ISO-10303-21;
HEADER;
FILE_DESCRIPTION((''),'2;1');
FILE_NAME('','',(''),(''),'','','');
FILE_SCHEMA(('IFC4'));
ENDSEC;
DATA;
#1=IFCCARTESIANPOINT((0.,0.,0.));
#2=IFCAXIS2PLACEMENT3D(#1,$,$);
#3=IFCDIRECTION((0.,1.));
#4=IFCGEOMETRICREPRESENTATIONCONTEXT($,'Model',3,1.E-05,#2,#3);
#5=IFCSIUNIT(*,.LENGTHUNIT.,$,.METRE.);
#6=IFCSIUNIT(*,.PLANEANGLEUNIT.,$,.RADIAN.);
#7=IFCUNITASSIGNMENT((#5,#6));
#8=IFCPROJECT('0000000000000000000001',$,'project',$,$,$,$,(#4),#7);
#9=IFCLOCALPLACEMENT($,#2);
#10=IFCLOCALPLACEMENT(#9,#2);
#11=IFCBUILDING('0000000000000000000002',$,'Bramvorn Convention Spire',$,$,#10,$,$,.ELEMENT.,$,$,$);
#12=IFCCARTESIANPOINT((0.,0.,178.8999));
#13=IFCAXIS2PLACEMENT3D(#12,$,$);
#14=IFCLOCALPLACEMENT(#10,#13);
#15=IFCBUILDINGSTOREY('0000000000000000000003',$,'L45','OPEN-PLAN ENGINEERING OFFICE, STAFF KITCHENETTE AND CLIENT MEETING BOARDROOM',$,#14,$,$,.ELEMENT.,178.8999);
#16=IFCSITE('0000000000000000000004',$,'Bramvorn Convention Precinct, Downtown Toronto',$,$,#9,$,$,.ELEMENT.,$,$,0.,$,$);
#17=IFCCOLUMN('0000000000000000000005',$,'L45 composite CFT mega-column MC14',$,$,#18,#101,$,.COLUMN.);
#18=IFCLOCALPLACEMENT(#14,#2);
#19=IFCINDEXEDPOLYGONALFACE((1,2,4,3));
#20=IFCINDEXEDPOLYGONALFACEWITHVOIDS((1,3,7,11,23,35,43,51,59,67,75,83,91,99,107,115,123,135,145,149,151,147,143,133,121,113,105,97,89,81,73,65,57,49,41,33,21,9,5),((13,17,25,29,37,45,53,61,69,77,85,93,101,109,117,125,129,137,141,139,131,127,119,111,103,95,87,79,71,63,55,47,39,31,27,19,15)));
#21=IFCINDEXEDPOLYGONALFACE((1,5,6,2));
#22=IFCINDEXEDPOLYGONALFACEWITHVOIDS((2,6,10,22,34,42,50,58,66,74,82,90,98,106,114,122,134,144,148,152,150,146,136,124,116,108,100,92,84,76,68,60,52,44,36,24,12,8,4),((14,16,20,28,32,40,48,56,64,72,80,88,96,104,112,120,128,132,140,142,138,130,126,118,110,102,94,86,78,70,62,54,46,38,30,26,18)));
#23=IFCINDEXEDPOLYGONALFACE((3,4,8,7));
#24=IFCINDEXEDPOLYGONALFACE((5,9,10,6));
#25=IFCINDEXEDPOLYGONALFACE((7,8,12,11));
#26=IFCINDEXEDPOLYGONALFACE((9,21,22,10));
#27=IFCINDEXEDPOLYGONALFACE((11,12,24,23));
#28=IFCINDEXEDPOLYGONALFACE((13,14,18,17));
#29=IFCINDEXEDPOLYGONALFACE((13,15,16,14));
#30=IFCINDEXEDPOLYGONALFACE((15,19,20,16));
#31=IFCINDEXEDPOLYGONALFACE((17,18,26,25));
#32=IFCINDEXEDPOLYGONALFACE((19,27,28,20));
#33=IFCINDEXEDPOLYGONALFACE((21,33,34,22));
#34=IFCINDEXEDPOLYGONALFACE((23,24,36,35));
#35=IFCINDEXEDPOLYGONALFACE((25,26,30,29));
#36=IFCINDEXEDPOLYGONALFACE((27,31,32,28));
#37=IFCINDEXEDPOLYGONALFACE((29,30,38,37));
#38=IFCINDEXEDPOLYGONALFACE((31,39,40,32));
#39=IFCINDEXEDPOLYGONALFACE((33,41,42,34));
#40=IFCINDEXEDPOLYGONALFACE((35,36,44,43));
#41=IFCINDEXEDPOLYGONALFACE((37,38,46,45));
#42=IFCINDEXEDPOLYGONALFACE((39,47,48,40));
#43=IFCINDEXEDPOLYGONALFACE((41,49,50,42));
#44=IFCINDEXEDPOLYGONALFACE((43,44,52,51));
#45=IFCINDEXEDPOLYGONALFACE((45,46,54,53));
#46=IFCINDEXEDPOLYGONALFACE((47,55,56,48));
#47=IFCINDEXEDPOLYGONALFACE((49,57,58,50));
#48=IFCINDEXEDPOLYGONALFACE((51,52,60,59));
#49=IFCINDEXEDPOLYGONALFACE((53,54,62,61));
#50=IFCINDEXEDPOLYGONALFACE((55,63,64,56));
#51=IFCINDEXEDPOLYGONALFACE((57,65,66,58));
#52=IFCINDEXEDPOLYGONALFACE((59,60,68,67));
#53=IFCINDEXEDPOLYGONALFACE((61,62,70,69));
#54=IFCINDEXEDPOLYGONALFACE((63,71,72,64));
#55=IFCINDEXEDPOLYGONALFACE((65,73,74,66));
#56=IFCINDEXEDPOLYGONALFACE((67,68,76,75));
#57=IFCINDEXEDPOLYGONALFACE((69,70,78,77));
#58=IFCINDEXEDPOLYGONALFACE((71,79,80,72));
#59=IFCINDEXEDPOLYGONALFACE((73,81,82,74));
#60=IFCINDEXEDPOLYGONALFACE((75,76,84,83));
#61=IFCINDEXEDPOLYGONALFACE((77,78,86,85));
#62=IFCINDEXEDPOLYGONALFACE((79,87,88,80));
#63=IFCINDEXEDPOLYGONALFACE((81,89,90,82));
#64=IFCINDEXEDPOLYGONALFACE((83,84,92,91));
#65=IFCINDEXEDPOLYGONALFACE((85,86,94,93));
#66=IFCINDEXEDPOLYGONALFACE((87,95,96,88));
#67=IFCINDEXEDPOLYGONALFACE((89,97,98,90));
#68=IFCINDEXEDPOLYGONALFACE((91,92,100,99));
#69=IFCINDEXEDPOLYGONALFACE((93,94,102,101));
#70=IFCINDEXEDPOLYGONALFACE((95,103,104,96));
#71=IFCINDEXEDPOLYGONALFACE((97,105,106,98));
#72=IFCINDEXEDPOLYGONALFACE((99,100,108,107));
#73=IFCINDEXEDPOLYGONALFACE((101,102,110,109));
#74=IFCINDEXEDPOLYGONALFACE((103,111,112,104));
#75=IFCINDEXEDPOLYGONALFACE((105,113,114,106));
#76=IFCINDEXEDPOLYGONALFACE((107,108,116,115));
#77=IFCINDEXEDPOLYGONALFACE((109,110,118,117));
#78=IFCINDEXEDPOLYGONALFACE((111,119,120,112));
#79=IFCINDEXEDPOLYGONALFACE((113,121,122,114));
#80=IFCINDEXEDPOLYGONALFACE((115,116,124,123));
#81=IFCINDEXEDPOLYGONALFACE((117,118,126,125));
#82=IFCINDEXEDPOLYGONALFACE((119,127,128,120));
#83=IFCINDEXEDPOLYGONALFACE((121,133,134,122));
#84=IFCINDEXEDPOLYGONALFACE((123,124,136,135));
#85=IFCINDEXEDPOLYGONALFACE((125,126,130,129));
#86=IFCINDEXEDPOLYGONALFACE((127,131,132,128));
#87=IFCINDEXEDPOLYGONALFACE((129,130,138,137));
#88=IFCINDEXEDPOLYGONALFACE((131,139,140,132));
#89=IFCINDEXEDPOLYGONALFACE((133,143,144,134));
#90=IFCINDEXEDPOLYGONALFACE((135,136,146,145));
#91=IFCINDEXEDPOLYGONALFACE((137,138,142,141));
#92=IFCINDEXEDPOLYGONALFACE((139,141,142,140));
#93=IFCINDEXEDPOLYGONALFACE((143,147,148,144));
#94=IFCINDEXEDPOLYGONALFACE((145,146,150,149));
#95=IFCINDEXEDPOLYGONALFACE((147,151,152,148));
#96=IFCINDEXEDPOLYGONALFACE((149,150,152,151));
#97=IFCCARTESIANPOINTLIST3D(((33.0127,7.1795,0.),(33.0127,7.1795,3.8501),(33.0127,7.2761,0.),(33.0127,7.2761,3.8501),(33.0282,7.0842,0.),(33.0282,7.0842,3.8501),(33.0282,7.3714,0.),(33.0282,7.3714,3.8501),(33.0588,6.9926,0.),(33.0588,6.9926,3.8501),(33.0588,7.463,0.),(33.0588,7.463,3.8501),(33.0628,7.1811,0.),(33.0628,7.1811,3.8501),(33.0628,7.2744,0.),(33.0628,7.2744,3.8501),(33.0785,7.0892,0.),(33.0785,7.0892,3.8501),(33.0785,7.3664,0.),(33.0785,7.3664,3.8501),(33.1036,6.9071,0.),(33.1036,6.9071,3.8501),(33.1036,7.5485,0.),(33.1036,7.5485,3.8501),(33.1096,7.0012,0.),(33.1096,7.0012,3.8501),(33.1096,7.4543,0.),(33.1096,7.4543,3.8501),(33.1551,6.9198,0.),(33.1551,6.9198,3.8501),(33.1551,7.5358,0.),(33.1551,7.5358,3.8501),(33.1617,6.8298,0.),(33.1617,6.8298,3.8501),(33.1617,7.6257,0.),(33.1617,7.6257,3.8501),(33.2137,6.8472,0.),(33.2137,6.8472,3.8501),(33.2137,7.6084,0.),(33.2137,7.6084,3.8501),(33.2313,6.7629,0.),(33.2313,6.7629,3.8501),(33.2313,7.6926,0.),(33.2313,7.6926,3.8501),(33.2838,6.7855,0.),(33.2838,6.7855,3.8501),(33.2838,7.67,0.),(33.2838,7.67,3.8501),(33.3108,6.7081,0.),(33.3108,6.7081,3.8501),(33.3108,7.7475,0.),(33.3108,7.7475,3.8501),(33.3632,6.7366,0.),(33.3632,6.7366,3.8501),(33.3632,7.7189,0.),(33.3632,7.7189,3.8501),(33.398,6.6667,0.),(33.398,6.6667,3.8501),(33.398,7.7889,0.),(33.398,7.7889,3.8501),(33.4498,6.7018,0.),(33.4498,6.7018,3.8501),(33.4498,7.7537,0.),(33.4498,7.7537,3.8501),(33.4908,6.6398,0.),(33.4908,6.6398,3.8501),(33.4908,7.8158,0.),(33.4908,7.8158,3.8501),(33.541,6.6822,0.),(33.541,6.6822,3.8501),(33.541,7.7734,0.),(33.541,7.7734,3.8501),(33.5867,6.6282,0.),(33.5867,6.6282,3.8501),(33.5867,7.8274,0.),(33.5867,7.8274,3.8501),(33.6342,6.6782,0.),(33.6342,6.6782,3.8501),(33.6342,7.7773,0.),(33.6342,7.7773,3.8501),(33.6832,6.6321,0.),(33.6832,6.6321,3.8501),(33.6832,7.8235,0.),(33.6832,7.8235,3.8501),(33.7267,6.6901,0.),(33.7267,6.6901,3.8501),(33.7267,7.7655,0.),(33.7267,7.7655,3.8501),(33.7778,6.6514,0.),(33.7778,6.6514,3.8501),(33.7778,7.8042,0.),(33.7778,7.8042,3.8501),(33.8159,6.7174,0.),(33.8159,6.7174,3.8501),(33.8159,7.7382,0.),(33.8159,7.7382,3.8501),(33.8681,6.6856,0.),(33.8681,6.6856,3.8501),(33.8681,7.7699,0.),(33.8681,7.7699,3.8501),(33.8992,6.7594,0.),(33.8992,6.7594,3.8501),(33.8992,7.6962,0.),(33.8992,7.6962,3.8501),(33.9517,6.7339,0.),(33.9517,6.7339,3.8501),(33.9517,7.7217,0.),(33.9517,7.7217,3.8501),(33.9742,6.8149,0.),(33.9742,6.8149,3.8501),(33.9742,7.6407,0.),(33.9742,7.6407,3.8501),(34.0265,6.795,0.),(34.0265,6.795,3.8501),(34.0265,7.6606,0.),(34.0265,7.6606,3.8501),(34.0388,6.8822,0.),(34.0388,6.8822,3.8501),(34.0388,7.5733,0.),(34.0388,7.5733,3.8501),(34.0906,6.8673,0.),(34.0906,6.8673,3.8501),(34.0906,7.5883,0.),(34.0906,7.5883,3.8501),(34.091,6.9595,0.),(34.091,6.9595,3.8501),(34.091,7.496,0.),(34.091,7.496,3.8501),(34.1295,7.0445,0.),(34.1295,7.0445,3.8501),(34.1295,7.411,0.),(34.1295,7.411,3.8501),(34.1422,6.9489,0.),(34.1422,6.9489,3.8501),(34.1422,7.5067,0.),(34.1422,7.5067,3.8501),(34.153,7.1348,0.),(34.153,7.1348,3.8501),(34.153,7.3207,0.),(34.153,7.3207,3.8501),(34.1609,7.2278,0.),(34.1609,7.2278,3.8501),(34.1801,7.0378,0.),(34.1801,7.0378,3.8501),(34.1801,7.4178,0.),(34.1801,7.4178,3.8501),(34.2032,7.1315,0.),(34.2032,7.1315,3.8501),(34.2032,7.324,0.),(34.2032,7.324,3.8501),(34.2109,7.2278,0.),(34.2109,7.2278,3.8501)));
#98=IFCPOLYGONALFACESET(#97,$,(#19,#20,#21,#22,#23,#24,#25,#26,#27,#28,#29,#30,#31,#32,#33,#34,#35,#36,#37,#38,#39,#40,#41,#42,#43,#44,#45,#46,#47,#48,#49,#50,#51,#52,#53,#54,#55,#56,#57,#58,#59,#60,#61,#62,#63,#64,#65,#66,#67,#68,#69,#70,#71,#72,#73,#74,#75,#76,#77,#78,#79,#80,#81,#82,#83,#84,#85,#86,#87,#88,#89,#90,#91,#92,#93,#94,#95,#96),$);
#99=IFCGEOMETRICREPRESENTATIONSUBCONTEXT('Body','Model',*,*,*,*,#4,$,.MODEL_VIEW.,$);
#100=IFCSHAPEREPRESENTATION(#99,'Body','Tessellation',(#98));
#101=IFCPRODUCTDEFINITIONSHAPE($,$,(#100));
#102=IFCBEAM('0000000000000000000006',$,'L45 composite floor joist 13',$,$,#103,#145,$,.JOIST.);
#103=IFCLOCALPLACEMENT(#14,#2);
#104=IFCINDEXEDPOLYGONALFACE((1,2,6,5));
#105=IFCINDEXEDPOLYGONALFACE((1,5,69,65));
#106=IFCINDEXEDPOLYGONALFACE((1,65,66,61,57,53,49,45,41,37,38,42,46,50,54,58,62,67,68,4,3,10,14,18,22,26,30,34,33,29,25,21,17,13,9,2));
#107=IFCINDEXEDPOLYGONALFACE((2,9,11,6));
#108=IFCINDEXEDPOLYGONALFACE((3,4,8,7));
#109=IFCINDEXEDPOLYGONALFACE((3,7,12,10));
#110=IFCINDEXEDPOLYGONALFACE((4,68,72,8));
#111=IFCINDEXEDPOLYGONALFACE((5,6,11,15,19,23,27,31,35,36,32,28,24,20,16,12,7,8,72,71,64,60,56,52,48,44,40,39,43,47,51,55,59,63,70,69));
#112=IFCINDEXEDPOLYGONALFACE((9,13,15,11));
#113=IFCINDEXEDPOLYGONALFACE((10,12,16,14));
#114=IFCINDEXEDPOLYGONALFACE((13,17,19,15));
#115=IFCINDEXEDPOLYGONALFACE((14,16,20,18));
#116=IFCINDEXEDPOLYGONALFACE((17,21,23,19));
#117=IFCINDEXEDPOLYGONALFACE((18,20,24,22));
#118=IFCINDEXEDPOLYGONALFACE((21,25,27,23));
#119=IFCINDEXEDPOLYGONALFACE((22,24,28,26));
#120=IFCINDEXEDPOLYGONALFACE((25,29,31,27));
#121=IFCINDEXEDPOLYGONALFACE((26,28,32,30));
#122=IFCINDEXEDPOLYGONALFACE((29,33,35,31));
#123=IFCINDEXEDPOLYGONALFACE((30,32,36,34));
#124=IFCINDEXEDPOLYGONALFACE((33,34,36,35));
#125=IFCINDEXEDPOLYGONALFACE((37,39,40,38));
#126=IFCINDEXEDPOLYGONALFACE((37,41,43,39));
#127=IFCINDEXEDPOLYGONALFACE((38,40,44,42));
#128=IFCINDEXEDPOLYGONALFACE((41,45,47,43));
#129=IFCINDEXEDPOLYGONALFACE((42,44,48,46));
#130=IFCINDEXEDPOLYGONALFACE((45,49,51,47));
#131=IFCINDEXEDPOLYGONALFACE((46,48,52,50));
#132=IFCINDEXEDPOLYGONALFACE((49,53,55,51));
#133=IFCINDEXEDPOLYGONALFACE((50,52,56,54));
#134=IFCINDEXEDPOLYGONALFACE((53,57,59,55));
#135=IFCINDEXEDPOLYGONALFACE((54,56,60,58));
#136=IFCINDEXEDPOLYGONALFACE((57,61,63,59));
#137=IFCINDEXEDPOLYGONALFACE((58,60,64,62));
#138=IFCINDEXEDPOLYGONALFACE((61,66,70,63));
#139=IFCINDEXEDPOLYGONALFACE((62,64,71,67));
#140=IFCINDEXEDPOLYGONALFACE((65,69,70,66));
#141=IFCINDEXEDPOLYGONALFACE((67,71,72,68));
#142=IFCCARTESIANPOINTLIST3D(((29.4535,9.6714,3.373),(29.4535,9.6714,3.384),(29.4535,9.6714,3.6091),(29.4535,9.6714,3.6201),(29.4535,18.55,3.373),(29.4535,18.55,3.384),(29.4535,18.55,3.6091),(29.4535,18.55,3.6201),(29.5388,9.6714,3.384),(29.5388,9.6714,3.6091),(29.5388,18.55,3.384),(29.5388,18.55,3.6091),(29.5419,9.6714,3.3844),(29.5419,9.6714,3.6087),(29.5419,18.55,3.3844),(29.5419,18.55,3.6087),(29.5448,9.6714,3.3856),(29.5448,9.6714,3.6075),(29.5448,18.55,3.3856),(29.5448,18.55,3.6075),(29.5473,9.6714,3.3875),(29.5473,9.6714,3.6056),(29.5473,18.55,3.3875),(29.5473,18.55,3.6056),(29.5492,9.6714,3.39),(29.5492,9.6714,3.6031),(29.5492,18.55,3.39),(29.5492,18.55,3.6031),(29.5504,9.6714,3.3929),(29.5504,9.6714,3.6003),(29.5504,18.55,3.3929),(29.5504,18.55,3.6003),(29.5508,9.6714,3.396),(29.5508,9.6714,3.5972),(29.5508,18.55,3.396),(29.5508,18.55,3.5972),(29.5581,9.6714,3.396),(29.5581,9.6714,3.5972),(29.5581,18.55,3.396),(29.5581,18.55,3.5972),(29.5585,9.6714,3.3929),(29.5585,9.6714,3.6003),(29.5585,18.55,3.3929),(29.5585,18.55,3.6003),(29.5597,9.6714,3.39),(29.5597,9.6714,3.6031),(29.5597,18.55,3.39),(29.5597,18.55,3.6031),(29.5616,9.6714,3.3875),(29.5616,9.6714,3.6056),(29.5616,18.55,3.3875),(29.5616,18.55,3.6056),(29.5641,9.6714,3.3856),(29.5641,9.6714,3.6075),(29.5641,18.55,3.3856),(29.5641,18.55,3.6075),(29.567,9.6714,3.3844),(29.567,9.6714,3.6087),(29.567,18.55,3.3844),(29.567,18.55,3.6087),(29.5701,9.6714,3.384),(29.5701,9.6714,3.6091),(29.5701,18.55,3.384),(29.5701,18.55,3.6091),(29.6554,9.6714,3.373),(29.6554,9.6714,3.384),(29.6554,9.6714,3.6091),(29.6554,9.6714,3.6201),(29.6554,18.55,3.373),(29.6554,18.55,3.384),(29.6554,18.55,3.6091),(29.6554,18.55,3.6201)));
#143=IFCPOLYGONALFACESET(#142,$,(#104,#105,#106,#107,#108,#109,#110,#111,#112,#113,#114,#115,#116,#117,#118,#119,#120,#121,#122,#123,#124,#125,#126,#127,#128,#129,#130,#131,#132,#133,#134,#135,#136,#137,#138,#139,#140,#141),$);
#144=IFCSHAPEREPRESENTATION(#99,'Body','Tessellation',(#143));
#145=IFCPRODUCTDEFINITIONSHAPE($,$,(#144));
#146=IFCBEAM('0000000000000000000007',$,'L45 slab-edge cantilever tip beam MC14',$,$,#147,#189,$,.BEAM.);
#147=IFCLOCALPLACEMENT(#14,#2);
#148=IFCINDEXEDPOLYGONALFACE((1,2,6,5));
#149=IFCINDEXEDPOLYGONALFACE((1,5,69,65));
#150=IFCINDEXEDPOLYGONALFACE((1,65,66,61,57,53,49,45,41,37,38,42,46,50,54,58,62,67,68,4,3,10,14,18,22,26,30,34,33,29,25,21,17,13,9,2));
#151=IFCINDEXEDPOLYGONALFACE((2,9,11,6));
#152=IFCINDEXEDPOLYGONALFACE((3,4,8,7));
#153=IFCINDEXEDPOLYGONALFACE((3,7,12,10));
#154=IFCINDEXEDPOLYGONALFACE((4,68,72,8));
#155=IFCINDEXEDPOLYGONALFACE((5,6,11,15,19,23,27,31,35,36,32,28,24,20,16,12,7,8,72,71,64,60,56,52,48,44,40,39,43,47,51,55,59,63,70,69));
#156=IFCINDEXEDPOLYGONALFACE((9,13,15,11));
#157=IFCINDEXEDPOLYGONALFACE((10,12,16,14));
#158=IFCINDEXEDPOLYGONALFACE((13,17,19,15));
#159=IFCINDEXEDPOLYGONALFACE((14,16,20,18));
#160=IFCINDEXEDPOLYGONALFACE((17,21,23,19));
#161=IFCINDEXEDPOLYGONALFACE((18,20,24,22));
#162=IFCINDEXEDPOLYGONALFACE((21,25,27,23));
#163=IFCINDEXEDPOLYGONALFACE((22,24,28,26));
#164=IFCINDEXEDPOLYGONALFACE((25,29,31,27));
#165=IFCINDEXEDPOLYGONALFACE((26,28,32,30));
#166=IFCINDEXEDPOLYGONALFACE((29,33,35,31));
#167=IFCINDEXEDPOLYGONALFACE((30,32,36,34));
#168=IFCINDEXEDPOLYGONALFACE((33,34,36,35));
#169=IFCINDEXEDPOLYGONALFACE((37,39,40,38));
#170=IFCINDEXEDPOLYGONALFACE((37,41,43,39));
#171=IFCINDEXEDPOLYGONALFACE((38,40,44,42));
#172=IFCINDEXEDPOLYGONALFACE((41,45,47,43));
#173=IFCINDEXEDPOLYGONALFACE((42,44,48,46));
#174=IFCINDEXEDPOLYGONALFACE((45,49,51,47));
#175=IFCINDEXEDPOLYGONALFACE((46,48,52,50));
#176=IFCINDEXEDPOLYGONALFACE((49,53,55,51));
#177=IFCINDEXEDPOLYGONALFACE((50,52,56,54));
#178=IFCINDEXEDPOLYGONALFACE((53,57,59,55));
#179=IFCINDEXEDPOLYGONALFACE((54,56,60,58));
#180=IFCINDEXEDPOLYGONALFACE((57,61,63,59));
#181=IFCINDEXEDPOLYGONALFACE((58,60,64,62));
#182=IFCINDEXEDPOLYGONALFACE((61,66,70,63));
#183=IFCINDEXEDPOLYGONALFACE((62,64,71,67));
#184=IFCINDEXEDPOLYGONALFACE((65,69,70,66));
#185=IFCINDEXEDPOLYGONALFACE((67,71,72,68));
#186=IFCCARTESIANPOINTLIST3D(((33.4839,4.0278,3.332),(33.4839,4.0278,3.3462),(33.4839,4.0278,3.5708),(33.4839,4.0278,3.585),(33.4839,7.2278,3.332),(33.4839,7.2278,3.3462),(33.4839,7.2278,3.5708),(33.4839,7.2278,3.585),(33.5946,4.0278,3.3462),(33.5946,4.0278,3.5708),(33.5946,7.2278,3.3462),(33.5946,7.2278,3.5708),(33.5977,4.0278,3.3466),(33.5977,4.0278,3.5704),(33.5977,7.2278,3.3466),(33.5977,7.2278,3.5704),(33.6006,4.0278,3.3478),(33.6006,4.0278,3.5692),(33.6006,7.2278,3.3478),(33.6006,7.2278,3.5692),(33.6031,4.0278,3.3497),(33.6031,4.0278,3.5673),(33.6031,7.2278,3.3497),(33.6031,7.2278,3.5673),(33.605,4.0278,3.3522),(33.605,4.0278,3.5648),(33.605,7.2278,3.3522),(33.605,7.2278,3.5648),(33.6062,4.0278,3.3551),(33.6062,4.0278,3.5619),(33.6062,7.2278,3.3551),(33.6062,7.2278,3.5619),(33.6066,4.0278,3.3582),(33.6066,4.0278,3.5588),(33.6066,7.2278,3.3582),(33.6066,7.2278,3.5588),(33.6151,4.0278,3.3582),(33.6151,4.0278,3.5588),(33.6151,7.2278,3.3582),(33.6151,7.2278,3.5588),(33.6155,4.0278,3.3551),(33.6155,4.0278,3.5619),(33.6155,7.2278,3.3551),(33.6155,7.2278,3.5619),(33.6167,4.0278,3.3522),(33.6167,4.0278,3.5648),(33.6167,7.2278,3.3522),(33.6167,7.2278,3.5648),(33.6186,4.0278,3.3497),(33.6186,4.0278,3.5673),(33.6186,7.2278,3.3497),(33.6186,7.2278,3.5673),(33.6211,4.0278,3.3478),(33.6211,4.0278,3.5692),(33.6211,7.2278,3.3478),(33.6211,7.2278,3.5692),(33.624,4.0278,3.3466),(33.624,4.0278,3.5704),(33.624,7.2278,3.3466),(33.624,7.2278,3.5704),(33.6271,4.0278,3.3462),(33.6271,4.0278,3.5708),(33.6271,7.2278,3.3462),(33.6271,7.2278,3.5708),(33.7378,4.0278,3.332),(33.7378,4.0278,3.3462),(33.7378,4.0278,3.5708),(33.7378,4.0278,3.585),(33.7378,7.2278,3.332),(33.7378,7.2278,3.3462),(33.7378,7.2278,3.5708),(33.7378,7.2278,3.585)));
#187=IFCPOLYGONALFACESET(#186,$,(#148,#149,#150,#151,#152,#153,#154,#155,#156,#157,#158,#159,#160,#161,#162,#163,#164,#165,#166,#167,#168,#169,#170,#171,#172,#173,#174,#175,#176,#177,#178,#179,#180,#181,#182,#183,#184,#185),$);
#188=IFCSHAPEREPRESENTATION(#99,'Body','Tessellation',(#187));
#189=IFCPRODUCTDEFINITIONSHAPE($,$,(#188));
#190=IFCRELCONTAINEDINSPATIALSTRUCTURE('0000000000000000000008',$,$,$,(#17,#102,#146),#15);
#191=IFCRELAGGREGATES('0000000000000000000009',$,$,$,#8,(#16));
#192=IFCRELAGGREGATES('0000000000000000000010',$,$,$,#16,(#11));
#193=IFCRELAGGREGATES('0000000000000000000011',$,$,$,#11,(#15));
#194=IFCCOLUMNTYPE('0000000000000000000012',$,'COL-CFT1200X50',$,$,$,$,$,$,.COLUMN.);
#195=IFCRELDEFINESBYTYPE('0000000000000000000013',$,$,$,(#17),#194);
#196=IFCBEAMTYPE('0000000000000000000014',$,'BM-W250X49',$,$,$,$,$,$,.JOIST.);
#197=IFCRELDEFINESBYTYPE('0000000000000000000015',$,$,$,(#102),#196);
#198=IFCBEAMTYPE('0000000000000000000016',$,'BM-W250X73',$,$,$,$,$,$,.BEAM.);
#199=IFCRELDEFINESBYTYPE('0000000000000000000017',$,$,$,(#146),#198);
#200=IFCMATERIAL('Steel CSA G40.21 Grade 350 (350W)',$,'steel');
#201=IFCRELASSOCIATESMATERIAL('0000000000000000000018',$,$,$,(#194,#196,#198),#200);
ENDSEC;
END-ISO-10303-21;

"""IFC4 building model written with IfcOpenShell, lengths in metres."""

from ifc_helpers import new_model, si_unit, direction, frame, origin, origin_2d, place, context, subcontext, project, spatial, hollow_circle, i_section, extrude, material, material_profile, profile_set, type_object, element, save


model = new_model("IFC4")

# Units and contexts
model_context = context("Model", 3, precision=1e-05, world=origin(), true_north=direction((0.0, 1.0)))
body_context = subcontext(model_context, "Body", "Model", "MODEL_VIEW")
ifc_project = project(units=[si_unit("LENGTHUNIT", "METRE"), si_unit("PLANEANGLEUNIT", "RADIAN")], contexts=[model_context])

# Site, building, storey
site_placement = place(None, origin())
site = spatial("IfcSite", under=ifc_project, at=site_placement, Name="Bramvorn Convention Precinct, Downtown Toronto", CompositionType="ELEMENT", RefElevation=0.0)
building_placement = place(site_placement, origin())
building = spatial("IfcBuilding", under=site, at=building_placement, Name="Bramvorn Convention Spire", CompositionType="ELEMENT")
storey_placement = place(building_placement, frame((0.0, 0.0, 178.8999)))
storey = spatial("IfcBuildingStorey", under=building, at=storey_placement, Name="L45", Description="OPEN-PLAN ENGINEERING OFFICE, STAFF KITCHENETTE AND CLIENT MEETING BOARDROOM", CompositionType="ELEMENT", Elevation=178.8999)

# Column
ifc_material_1 = material(Name="Steel CSA G40.21 Grade 350 (350W)", Category="steel")
ifc_material_profile_1 = material_profile(ifc_material_1, hollow_circle(Radius=0.6001, WallThickness=0.05, at=origin_2d()))
ifc_profile_set_1 = profile_set([ifc_material_profile_1], Name="Steel CSA G40.21 Grade 350 (350W) - CFT1200X50")
column_type = type_object("IfcColumnType", Name="COL-CFT1200X50", PredefinedType="COLUMN", material=ifc_profile_set_1)
column_placement = place(storey_placement, frame((33.6108, 7.2278, 0.0), z_axis=(0.0, 0.0, 1.0), x_axis=(1.0, 0.0, 0.0)))
element("IfcColumn", 1, at=column_placement, inside=storey, type_object=column_type, Name="L45 composite CFT mega-column MC14", PredefinedType="COLUMN", context=body_context, shape_type="SweptSolid", body=[
    extrude(hollow_circle(Radius=0.6001, WallThickness=0.05, at=origin_2d()), origin(), (0.0, 0.0, 1.0), 3.8501),
])

# Beams
ifc_material_profile_2 = material_profile(ifc_material_1, i_section(OverallWidth=0.2019, OverallDepth=0.2471, WebThickness=0.0073, FlangeThickness=0.011, FilletRadius=0.012, at=origin_2d()))
ifc_profile_set_2 = profile_set([ifc_material_profile_2], Name="Steel CSA G40.21 Grade 350 (350W) - W250X49")
beam_type_1 = type_object("IfcBeamType", Name="BM-W250X49", PredefinedType="JOIST", material=ifc_profile_set_2)
beam_1_placement = place(storey_placement, frame((29.5544, 18.55, 3.4966), z_axis=(0.0, -1.0, 0.0), x_axis=(1.0, 0.0, 0.0)))
element("IfcBeam", 2, at=beam_1_placement, inside=storey, type_object=beam_type_1, Name="L45 composite floor joist 13", PredefinedType="JOIST", context=body_context, shape_type="SweptSolid", body=[
    extrude(i_section(OverallWidth=0.2019, OverallDepth=0.2471, WebThickness=0.0073, FlangeThickness=0.011, FilletRadius=0.012, at=origin_2d()), origin(), (0.0, 0.0, 1.0), 8.8787),
])
ifc_material_profile_3 = material_profile(ifc_material_1, i_section(OverallWidth=0.2539, OverallDepth=0.2529, WebThickness=0.0085, FlangeThickness=0.0142, FilletRadius=0.012, at=origin_2d()))
ifc_profile_set_3 = profile_set([ifc_material_profile_3], Name="Steel CSA G40.21 Grade 350 (350W) - W250X73")
beam_type_2 = type_object("IfcBeamType", Name="BM-W250X73", PredefinedType="BEAM", material=ifc_profile_set_3)
beam_2_placement = place(storey_placement, frame((33.6108, 7.2278, 3.4585), z_axis=(0.0, -1.0, 0.0), x_axis=(1.0, 0.0, 0.0)))
element("IfcBeam", 3, at=beam_2_placement, inside=storey, type_object=beam_type_2, Name="L45 slab-edge cantilever tip beam MC14", PredefinedType="BEAM", context=body_context, shape_type="SweptSolid", body=[
    extrude(i_section(OverallWidth=0.2539, OverallDepth=0.2529, WebThickness=0.0085, FlangeThickness=0.0142, FilletRadius=0.012, at=origin_2d()), origin(), (0.0, 0.0, 1.0), 3.2),
])

save(model, "model.ifc")
